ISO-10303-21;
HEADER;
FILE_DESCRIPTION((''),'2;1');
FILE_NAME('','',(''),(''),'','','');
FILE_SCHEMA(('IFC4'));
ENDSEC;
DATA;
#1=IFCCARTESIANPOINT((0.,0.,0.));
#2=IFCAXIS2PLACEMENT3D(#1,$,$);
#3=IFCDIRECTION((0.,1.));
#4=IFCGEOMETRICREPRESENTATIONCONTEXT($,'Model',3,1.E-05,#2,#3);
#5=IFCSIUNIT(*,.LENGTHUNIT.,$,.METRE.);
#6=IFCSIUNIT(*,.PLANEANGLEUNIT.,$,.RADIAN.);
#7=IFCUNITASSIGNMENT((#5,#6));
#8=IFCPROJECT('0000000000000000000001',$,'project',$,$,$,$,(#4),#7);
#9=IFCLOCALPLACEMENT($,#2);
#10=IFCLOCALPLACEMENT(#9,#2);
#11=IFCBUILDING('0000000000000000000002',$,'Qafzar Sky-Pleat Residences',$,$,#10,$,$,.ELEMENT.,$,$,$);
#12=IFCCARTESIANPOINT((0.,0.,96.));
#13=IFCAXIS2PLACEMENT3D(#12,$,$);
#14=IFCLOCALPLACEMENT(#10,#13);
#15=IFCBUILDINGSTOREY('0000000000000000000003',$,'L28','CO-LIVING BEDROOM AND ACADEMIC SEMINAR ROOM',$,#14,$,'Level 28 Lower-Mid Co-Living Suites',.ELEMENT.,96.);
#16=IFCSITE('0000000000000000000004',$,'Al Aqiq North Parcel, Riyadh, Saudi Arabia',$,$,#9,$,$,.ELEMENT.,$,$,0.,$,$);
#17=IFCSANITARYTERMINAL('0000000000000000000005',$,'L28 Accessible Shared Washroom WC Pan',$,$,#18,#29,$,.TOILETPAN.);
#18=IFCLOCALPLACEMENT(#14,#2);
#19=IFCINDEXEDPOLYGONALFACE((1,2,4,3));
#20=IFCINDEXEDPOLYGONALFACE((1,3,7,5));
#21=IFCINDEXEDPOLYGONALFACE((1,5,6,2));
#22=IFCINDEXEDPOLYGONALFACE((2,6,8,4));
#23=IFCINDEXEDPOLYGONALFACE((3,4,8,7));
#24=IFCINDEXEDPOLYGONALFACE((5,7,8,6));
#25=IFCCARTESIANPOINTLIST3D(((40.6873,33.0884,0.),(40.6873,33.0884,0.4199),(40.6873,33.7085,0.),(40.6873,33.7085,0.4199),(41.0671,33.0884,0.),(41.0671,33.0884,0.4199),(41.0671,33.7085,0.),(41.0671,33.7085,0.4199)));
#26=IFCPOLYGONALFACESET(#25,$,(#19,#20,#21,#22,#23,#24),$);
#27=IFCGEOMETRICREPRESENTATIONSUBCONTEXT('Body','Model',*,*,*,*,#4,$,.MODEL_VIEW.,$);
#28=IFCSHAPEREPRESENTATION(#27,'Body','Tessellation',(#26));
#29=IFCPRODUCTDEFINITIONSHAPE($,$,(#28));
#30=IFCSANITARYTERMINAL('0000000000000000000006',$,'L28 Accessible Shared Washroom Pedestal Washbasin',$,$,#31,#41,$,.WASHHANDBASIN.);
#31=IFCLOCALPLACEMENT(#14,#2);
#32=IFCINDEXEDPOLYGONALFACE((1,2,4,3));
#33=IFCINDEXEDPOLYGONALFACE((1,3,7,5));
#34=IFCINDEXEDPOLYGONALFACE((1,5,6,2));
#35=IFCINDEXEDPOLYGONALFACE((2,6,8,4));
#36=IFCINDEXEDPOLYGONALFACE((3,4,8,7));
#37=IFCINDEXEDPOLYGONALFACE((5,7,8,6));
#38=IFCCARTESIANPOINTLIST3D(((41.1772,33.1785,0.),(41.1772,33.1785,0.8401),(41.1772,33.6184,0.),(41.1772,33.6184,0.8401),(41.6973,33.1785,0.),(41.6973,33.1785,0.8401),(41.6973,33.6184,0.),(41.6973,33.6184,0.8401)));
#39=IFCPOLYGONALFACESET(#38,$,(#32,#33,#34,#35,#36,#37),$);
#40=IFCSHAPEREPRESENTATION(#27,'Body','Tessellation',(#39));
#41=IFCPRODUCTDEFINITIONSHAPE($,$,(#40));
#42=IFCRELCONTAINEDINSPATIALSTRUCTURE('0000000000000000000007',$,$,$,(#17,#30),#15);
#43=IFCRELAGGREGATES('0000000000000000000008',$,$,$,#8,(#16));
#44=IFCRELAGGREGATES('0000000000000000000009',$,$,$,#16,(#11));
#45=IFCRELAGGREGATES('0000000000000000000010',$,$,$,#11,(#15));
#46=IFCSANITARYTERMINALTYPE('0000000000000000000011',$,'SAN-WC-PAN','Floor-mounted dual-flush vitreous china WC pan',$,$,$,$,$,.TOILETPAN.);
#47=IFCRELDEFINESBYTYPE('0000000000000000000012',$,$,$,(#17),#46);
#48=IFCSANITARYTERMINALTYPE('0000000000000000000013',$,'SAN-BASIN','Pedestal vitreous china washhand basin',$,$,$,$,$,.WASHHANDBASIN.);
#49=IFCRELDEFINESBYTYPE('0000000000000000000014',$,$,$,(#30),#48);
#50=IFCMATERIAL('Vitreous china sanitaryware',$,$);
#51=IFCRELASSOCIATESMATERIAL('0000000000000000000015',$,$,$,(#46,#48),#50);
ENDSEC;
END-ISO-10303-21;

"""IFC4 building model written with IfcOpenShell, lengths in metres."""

from ifc_helpers import new_model, si_unit, direction, frame, origin, origin_2d, place, context, subcontext, project, spatial, rectangle, extrude, source, transform, mapped, material, type_object, element, save


model = new_model("IFC4")

# Units and contexts
model_context = context("Model", 3, precision=1e-05, world=origin(), true_north=direction((0.0, 1.0)))
body_context = subcontext(model_context, "Body", "Model", "MODEL_VIEW")
ifc_project = project(units=[si_unit("LENGTHUNIT", "METRE"), si_unit("PLANEANGLEUNIT", "RADIAN")], contexts=[model_context])

# Site, building, storey
site_placement = place(None, origin())
site = spatial("IfcSite", under=ifc_project, at=site_placement, Name="Al Aqiq North Parcel, Riyadh, Saudi Arabia", CompositionType="ELEMENT", RefElevation=0.0)
building_placement = place(site_placement, origin())
building = spatial("IfcBuilding", under=site, at=building_placement, Name="Qafzar Sky-Pleat Residences", CompositionType="ELEMENT")
storey_placement = place(building_placement, frame((0.0, 0.0, 96.0)))
storey = spatial("IfcBuildingStorey", under=building, at=storey_placement, Name="L28", Description="CO-LIVING BEDROOM AND ACADEMIC SEMINAR ROOM", LongName="Level 28 Lower-Mid Co-Living Suites", CompositionType="ELEMENT", Elevation=96.0)

# Sanitary terminals
ifc_material_1 = material(Name="Vitreous china sanitaryware")
sanitary_terminal_type_1 = type_object("IfcSanitaryTerminalType", Name="SAN-WC-PAN", Description="Floor-mounted dual-flush vitreous china WC pan", PredefinedType="TOILETPAN", material=ifc_material_1)
shared_shape_1 = source(origin(), body_context, "Body", "SweptSolid", [
    extrude(rectangle(XDim=0.3799, YDim=0.6201, at=origin_2d()), origin(), (0.0, 0.0, 1.0), 0.4199),
])
sanitary_terminal_1_placement = place(storey_placement, frame((40.8772, 33.3984, 0.0), z_axis=(0.0, 0.0, 1.0), x_axis=(1.0, 0.0, 0.0)))
element("IfcSanitaryTerminal", 1, at=sanitary_terminal_1_placement, inside=storey, type_object=sanitary_terminal_type_1, Name="L28 Accessible Shared Washroom WC Pan", PredefinedType="TOILETPAN", context=body_context, shape_type="MappedRepresentation", body=[
    mapped(shared_shape_1, transform((0.0, 0.0, 0.0), x_axis=(1.0, 0.0, 0.0), y_axis=(0.0, 1.0, 0.0), z_axis=(0.0, 0.0, 1.0), scale=1.0)),
])
sanitary_terminal_type_2 = type_object("IfcSanitaryTerminalType", Name="SAN-BASIN", Description="Pedestal vitreous china washhand basin", PredefinedType="WASHHANDBASIN", material=ifc_material_1)
shared_shape_2 = source(origin(), body_context, "Body", "SweptSolid", [
    extrude(rectangle(XDim=0.52, YDim=0.4399, at=origin_2d()), origin(), (0.0, 0.0, 1.0), 0.8401),
])
sanitary_terminal_2_placement = place(storey_placement, frame((41.4373, 33.3984, 0.0), z_axis=(0.0, 0.0, 1.0), x_axis=(1.0, 0.0, 0.0)))
element("IfcSanitaryTerminal", 2, at=sanitary_terminal_2_placement, inside=storey, type_object=sanitary_terminal_type_2, Name="L28 Accessible Shared Washroom Pedestal Washbasin", PredefinedType="WASHHANDBASIN", context=body_context, shape_type="MappedRepresentation", body=[
    mapped(shared_shape_2, transform((0.0, 0.0, 0.0), x_axis=(1.0, 0.0, 0.0), y_axis=(0.0, 1.0, 0.0), z_axis=(0.0, 0.0, 1.0), scale=1.0)),
])

save(model, "model.ifc")
